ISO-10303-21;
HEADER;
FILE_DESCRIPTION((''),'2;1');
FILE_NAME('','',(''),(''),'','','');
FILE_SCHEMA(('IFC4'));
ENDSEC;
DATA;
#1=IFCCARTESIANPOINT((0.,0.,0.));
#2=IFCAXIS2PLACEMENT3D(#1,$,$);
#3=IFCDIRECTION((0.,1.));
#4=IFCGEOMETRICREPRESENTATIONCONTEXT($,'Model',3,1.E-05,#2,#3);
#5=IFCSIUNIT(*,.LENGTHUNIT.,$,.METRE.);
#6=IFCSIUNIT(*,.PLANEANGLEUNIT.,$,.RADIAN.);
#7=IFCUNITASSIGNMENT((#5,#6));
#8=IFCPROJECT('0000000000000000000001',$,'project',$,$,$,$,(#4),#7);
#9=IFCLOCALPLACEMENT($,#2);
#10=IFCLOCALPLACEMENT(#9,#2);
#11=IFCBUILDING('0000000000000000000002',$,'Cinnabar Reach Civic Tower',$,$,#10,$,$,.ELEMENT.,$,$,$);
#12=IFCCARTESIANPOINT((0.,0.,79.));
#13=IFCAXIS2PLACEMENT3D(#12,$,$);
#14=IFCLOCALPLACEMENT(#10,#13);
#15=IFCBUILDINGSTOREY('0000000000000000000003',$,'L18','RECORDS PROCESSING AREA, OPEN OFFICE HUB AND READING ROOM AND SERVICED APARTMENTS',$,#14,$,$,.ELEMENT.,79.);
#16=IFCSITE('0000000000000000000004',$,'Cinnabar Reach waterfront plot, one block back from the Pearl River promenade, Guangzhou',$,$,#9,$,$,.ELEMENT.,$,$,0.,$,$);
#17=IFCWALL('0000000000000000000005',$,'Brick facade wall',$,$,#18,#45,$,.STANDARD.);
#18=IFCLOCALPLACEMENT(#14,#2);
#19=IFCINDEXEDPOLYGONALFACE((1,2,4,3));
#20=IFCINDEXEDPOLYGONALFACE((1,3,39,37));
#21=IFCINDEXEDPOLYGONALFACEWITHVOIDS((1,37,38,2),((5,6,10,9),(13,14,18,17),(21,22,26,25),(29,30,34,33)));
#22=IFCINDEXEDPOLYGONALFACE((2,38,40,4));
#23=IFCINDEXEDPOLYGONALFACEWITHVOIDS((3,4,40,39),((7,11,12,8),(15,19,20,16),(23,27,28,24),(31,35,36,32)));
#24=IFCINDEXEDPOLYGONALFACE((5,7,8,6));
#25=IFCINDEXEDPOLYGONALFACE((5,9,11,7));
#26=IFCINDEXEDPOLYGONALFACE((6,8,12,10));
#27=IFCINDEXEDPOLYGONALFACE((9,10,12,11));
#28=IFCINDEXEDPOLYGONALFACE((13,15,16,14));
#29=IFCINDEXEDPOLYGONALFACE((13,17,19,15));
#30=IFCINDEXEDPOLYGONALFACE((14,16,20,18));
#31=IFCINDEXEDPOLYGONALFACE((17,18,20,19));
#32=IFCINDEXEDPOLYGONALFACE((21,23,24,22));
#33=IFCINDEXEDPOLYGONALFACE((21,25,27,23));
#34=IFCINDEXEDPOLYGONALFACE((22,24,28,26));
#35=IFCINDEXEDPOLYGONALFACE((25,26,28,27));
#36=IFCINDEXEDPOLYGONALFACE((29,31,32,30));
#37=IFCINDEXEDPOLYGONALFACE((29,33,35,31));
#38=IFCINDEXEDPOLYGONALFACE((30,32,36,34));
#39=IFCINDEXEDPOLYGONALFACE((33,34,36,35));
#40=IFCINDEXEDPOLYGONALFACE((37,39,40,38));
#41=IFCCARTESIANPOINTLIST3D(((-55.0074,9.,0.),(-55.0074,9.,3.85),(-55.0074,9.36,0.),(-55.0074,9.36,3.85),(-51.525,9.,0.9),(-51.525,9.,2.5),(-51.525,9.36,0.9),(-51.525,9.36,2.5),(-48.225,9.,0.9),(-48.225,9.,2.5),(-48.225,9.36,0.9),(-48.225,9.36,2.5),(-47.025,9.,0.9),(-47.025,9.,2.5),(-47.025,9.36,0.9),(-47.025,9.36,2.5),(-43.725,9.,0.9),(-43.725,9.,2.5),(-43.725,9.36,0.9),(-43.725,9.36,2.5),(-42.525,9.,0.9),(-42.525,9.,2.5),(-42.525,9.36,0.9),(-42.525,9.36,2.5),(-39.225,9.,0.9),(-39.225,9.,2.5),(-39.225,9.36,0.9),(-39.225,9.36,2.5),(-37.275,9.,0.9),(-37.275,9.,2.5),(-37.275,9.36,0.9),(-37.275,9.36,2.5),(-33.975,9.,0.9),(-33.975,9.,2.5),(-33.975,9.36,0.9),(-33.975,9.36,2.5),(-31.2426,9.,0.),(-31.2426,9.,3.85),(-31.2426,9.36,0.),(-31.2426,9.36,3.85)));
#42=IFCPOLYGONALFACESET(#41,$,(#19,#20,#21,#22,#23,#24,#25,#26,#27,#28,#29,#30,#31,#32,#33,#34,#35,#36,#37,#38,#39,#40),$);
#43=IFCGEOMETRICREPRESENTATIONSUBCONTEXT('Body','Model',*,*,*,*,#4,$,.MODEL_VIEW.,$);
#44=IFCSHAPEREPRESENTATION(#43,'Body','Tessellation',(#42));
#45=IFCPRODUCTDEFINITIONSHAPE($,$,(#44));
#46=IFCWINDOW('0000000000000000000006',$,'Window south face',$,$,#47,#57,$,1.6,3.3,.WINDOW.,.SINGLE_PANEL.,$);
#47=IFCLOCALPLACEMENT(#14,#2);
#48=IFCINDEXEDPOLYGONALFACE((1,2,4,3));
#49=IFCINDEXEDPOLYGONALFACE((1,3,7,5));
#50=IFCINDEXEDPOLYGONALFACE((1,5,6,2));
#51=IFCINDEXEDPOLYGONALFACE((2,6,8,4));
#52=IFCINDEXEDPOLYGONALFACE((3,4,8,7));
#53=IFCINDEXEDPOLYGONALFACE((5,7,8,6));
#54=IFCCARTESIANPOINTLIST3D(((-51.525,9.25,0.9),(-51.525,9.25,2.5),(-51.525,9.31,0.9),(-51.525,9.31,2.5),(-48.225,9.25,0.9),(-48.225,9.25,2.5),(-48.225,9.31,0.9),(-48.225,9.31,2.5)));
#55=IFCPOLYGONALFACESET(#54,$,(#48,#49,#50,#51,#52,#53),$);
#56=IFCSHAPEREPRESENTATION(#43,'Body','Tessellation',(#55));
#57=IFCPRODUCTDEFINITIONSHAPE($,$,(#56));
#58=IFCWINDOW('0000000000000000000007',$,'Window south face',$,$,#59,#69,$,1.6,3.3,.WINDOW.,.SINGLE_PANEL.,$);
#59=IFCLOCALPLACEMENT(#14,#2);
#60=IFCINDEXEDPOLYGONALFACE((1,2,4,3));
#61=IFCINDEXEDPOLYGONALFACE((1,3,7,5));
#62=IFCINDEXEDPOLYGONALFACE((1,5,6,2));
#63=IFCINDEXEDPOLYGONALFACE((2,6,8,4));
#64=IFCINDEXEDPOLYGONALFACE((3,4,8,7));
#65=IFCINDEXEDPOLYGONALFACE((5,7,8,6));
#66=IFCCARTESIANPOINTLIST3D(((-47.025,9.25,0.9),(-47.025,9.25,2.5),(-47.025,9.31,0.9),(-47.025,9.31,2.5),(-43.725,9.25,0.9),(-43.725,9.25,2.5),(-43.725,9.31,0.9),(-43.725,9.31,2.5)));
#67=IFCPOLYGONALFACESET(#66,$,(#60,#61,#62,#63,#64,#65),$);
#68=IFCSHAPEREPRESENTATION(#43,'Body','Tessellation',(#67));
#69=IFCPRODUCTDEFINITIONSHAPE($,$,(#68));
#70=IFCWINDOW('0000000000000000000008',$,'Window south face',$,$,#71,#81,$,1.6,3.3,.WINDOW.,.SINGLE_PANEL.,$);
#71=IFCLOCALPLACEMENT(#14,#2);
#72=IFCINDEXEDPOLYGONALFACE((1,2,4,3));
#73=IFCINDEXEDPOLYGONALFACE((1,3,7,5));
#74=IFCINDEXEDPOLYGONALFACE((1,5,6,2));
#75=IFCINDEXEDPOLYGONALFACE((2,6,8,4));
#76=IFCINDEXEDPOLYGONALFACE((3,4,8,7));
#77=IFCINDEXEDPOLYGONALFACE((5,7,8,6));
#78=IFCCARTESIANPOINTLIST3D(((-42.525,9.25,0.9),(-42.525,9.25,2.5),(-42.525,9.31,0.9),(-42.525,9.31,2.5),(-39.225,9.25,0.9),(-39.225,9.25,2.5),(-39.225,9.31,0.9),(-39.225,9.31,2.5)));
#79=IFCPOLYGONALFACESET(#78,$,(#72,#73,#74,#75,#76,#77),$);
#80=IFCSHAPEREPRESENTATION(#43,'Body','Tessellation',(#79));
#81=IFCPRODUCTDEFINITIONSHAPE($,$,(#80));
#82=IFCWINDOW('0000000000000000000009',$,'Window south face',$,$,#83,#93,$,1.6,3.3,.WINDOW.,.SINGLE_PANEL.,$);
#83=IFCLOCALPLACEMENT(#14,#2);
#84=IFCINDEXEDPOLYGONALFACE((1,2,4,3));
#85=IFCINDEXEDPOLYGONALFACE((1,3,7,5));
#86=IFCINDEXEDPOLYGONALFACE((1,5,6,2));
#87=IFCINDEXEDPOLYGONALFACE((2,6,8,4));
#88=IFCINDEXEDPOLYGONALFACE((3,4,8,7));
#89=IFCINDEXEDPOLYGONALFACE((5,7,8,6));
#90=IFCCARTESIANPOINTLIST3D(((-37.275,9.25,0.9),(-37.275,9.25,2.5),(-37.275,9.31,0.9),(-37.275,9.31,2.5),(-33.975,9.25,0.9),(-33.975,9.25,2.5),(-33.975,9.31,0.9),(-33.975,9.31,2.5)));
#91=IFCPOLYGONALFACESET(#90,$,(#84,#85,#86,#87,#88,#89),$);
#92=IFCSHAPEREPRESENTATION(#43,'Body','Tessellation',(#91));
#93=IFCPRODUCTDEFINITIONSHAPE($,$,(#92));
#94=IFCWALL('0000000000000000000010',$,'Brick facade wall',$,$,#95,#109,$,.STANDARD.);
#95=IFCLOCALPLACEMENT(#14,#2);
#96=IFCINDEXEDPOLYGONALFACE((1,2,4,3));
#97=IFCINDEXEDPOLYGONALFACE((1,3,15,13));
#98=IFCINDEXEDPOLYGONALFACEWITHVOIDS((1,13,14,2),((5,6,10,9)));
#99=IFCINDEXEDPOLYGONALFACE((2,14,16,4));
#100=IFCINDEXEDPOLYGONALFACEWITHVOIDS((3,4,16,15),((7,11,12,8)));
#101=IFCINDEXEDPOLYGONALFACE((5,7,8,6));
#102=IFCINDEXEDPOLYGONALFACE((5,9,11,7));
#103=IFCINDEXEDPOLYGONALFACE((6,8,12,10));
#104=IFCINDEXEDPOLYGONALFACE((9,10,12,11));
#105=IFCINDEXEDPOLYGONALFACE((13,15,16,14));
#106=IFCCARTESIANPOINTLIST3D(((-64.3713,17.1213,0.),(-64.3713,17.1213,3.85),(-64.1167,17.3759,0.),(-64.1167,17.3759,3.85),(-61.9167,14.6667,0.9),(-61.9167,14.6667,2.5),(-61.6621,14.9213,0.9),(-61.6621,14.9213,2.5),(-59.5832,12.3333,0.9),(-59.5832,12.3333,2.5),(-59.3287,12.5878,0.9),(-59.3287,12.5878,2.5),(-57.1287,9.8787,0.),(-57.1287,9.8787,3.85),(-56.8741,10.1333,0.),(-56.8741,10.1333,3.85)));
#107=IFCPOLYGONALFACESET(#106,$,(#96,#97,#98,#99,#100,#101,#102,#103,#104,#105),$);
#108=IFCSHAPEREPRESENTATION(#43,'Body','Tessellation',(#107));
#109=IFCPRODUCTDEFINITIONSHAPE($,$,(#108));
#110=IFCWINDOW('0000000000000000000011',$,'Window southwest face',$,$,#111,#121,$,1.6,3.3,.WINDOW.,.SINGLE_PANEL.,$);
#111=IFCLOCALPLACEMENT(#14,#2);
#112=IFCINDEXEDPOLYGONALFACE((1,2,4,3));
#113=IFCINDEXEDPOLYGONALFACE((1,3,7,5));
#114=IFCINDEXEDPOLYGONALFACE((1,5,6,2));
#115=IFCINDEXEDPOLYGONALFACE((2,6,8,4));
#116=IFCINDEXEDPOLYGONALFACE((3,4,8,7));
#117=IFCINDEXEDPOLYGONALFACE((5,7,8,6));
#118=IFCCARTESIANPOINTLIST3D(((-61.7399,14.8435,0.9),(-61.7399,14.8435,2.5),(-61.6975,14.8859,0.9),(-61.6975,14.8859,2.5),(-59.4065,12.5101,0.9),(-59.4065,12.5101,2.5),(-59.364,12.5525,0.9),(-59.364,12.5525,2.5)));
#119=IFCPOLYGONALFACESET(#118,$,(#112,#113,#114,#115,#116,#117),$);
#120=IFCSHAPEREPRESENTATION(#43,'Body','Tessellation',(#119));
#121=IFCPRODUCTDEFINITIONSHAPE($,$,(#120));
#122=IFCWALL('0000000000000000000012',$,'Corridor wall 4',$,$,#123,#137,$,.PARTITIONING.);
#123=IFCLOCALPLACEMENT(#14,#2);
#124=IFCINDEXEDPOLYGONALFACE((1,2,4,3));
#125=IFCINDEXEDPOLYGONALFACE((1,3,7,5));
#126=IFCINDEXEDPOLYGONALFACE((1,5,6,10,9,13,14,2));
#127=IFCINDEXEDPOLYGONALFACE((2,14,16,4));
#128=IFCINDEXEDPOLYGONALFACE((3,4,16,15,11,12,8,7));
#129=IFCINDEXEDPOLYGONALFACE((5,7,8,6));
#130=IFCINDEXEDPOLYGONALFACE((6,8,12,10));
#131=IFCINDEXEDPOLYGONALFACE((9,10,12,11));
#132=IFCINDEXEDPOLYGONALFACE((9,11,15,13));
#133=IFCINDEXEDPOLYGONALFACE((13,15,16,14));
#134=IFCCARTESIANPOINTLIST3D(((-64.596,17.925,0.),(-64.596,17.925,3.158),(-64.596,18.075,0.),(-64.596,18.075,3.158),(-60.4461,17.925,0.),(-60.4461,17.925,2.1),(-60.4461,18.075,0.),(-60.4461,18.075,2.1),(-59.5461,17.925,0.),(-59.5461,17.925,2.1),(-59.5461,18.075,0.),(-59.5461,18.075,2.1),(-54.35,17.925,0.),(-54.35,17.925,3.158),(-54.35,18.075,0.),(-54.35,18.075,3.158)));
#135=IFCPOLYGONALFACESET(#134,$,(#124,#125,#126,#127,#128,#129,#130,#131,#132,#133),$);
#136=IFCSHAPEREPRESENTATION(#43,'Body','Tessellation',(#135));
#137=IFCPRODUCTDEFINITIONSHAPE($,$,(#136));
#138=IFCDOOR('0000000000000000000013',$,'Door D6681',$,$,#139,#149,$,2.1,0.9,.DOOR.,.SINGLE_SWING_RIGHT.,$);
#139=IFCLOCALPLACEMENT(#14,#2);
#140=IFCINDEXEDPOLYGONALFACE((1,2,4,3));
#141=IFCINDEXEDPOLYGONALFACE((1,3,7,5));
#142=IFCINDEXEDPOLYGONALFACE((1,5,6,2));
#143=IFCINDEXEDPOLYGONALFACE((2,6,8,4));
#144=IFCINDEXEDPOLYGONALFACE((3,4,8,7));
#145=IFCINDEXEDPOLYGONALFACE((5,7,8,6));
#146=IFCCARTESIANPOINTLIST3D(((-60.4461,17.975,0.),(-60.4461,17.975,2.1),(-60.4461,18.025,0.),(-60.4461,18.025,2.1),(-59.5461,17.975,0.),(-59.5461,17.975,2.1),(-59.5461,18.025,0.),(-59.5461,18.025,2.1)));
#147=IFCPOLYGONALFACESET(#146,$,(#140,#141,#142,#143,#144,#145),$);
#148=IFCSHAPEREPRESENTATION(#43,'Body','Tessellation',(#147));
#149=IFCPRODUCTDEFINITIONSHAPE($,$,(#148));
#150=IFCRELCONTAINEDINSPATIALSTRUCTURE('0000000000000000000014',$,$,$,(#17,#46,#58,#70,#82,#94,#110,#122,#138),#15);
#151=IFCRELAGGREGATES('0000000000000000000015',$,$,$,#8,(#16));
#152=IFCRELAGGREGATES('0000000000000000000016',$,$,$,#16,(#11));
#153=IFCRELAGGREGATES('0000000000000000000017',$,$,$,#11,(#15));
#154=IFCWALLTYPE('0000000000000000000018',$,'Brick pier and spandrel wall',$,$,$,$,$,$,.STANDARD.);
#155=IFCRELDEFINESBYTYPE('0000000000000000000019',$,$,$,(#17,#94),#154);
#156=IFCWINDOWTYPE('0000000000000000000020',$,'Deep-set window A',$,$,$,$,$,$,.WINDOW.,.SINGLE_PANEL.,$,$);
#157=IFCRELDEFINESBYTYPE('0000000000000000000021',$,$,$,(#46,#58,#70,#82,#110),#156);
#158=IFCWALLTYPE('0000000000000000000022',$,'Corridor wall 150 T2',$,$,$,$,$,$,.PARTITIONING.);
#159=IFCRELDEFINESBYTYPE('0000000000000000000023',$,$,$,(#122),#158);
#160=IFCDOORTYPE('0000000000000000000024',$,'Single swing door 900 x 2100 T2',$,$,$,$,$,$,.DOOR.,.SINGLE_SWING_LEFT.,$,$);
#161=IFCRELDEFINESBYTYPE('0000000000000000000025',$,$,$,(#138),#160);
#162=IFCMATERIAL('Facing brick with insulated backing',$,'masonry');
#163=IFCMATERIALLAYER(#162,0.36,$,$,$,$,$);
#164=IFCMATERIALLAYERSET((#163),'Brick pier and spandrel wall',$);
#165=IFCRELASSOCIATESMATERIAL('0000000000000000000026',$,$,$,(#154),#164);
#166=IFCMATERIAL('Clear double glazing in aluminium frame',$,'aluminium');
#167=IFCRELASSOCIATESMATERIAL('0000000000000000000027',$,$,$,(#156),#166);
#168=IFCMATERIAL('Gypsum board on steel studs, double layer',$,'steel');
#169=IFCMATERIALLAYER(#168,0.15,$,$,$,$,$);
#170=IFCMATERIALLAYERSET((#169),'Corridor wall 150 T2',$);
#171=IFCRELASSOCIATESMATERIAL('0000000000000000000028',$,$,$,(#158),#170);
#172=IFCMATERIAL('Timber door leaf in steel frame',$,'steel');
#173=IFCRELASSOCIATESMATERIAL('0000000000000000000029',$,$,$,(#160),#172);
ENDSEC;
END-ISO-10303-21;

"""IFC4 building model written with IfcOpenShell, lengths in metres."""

from ifc_helpers import new_model, si_unit, direction, frame, frame_2d, origin, place, context, subcontext, project, spatial, rectangle, extrude, material, layer, layer_set, type_object, element, fill, save


model = new_model("IFC4")

# Units and contexts
model_context = context("Model", 3, precision=1e-05, world=origin(), true_north=direction((0.0, 1.0)))
body_context = subcontext(model_context, "Body", "Model", "MODEL_VIEW")
ifc_project = project(units=[si_unit("LENGTHUNIT", "METRE"), si_unit("PLANEANGLEUNIT", "RADIAN")], contexts=[model_context])

# Site, building, storey
site_placement = place(None, origin())
site = spatial("IfcSite", under=ifc_project, at=site_placement, Name="Cinnabar Reach waterfront plot, one block back from the Pearl River promenade, Guangzhou", CompositionType="ELEMENT", RefElevation=0.0)
building_placement = place(site_placement, origin())
building = spatial("IfcBuilding", under=site, at=building_placement, Name="Cinnabar Reach Civic Tower", CompositionType="ELEMENT")
storey_placement = place(building_placement, frame((0.0, 0.0, 79.0)))
storey = spatial("IfcBuildingStorey", under=building, at=storey_placement, Name="L18", Description="RECORDS PROCESSING AREA, OPEN OFFICE HUB AND READING ROOM AND SERVICED APARTMENTS", CompositionType="ELEMENT", Elevation=79.0)

# Shared definitions
ifc_material_1 = material(Name="Facing brick with insulated backing", Category="masonry")

# Wall, openings, windows
ifc_layer_1 = layer(ifc_material_1, 0.36)
ifc_layer_set_1 = layer_set([ifc_layer_1], Name="Brick pier and spandrel wall")
wall_type_1 = type_object("IfcWallType", Name="Brick pier and spandrel wall", PredefinedType="STANDARD", material=ifc_layer_set_1)
wall_1_placement = place(storey_placement, frame((-55.0074, 9.18, 0.0), z_axis=(0.0, 0.0, 1.0), x_axis=(1.0, 0.0, 0.0)))
wall_1 = element("IfcWall", 1, at=wall_1_placement, inside=storey, type_object=wall_type_1, Name="Brick facade wall", PredefinedType="STANDARD", context=body_context, shape_type="SweptSolid", body=[
    extrude(rectangle(XDim=23.7648, YDim=0.36, at=frame_2d((11.8824, 0.0))), origin(), (0.0, 0.0, 1.0), 3.85),
])
opening_1_placement = place(wall_1_placement, frame((3.4824, 0.0, 0.9)))
opening_1 = element("IfcOpeningElement", 2, at=opening_1_placement, cuts=wall_1, PredefinedType="OPENING", context=body_context, shape_type="SweptSolid", body=[
    extrude(rectangle(XDim=3.3, YDim=1.6, at=frame_2d((1.65, 0.8))), frame((0.0, 0.19, 0.0), z_axis=(0.0, -1.0, 0.0), x_axis=(1.0, 0.0, 0.0)), (0.0, 0.0, 1.0), 0.38),
])
opening_2_placement = place(wall_1_placement, frame((7.9824, 0.0, 0.9)))
opening_2 = element("IfcOpeningElement", 3, at=opening_2_placement, cuts=wall_1, PredefinedType="OPENING", context=body_context, shape_type="SweptSolid", body=[
    extrude(rectangle(XDim=3.3, YDim=1.6, at=frame_2d((1.65, 0.8))), frame((0.0, 0.19, 0.0), z_axis=(0.0, -1.0, 0.0), x_axis=(1.0, 0.0, 0.0)), (0.0, 0.0, 1.0), 0.38),
])
opening_3_placement = place(wall_1_placement, frame((12.4824, 0.0, 0.9)))
opening_3 = element("IfcOpeningElement", 4, at=opening_3_placement, cuts=wall_1, PredefinedType="OPENING", context=body_context, shape_type="SweptSolid", body=[
    extrude(rectangle(XDim=3.3, YDim=1.6, at=frame_2d((1.65, 0.8))), frame((0.0, 0.19, 0.0), z_axis=(0.0, -1.0, 0.0), x_axis=(1.0, 0.0, 0.0)), (0.0, 0.0, 1.0), 0.38),
])
opening_4_placement = place(wall_1_placement, frame((17.7324, 0.0, 0.9)))
opening_4 = element("IfcOpeningElement", 5, at=opening_4_placement, cuts=wall_1, PredefinedType="OPENING", context=body_context, shape_type="SweptSolid", body=[
    extrude(rectangle(XDim=3.3, YDim=1.6, at=frame_2d((1.65, 0.8))), frame((0.0, 0.19, 0.0), z_axis=(0.0, -1.0, 0.0), x_axis=(1.0, 0.0, 0.0)), (0.0, 0.0, 1.0), 0.38),
])
ifc_material_2 = material(Name="Clear double glazing in aluminium frame", Category="aluminium")
window_type = type_object("IfcWindowType", Name="Deep-set window A", PartitioningType="SINGLE_PANEL", PredefinedType="WINDOW", material=ifc_material_2)
window_1_placement = place(opening_1_placement, origin())
window_1 = element("IfcWindow", 6, at=window_1_placement, inside=storey, type_object=window_type, Name="Window south face", OverallHeight=1.6, OverallWidth=3.3, PartitioningType="SINGLE_PANEL", PredefinedType="WINDOW", context=body_context, shape_type="SweptSolid", body=[
    extrude(rectangle(XDim=3.3, YDim=1.6, at=frame_2d((1.65, 0.8))), frame((0.0, 0.13, 0.0), z_axis=(0.0, -1.0, 0.0), x_axis=(1.0, 0.0, 0.0)), (0.0, 0.0, 1.0), 0.06),
])
fill(opening_1, window_1)
window_2_placement = place(opening_2_placement, origin())
window_2 = element("IfcWindow", 7, at=window_2_placement, inside=storey, type_object=window_type, Name="Window south face", OverallHeight=1.6, OverallWidth=3.3, PartitioningType="SINGLE_PANEL", PredefinedType="WINDOW", context=body_context, shape_type="SweptSolid", body=[
    extrude(rectangle(XDim=3.3, YDim=1.6, at=frame_2d((1.65, 0.8))), frame((0.0, 0.13, 0.0), z_axis=(0.0, -1.0, 0.0), x_axis=(1.0, 0.0, 0.0)), (0.0, 0.0, 1.0), 0.06),
])
fill(opening_2, window_2)
window_3_placement = place(opening_3_placement, origin())
window_3 = element("IfcWindow", 8, at=window_3_placement, inside=storey, type_object=window_type, Name="Window south face", OverallHeight=1.6, OverallWidth=3.3, PartitioningType="SINGLE_PANEL", PredefinedType="WINDOW", context=body_context, shape_type="SweptSolid", body=[
    extrude(rectangle(XDim=3.3, YDim=1.6, at=frame_2d((1.65, 0.8))), frame((0.0, 0.13, 0.0), z_axis=(0.0, -1.0, 0.0), x_axis=(1.0, 0.0, 0.0)), (0.0, 0.0, 1.0), 0.06),
])
fill(opening_3, window_3)
window_4_placement = place(opening_4_placement, origin())
window_4 = element("IfcWindow", 9, at=window_4_placement, inside=storey, type_object=window_type, Name="Window south face", OverallHeight=1.6, OverallWidth=3.3, PartitioningType="SINGLE_PANEL", PredefinedType="WINDOW", context=body_context, shape_type="SweptSolid", body=[
    extrude(rectangle(XDim=3.3, YDim=1.6, at=frame_2d((1.65, 0.8))), frame((0.0, 0.13, 0.0), z_axis=(0.0, -1.0, 0.0), x_axis=(1.0, 0.0, 0.0)), (0.0, 0.0, 1.0), 0.06),
])
fill(opening_4, window_4)

# Wall, opening, window
wall_2_placement = place(storey_placement, frame((-64.244, 17.2486, 0.0), z_axis=(0.0, 0.0, 1.0), x_axis=(0.707107, -0.707107, 0.0)))
wall_2 = element("IfcWall", 10, at=wall_2_placement, inside=storey, type_object=wall_type_1, Name="Brick facade wall", PredefinedType="STANDARD", context=body_context, shape_type="SweptSolid", body=[
    extrude(rectangle(XDim=10.2426, YDim=0.36, at=frame_2d((5.1213, 0.0))), origin(), (0.0, 0.0, 1.0), 3.85),
])
opening_5_placement = place(wall_2_placement, frame((3.4713, 0.0, 0.9)))
opening_5 = element("IfcOpeningElement", 11, at=opening_5_placement, cuts=wall_2, PredefinedType="OPENING", context=body_context, shape_type="SweptSolid", body=[
    extrude(rectangle(XDim=3.3, YDim=1.6, at=frame_2d((1.65, 0.8))), frame((0.0, 0.19, 0.0), z_axis=(0.0, -1.0, 0.0), x_axis=(1.0, 0.0, 0.0)), (0.0, 0.0, 1.0), 0.38),
])
window_5_placement = place(opening_5_placement, origin())
window_5 = element("IfcWindow", 12, at=window_5_placement, inside=storey, type_object=window_type, Name="Window southwest face", OverallHeight=1.6, OverallWidth=3.3, PartitioningType="SINGLE_PANEL", PredefinedType="WINDOW", context=body_context, shape_type="SweptSolid", body=[
    extrude(rectangle(XDim=3.3, YDim=1.6, at=frame_2d((1.65, 0.8))), frame((0.0, 0.13, 0.0), z_axis=(0.0, -1.0, 0.0), x_axis=(1.0, 0.0, 0.0)), (0.0, 0.0, 1.0), 0.06),
])
fill(opening_5, window_5)

# Wall, opening, door
ifc_material_3 = material(Name="Gypsum board on steel studs, double layer", Category="steel")
ifc_layer_2 = layer(ifc_material_3, 0.15)
ifc_layer_set_2 = layer_set([ifc_layer_2], Name="Corridor wall 150 T2")
wall_type_2 = type_object("IfcWallType", Name="Corridor wall 150 T2", PredefinedType="PARTITIONING", material=ifc_layer_set_2)
wall_3_placement = place(storey_placement, frame((-64.5961, 18.0, 0.0), z_axis=(0.0, 0.0, 1.0), x_axis=(1.0, 0.0, 0.0)))
wall_3 = element("IfcWall", 13, at=wall_3_placement, inside=storey, type_object=wall_type_2, Name="Corridor wall 4", PredefinedType="PARTITIONING", context=body_context, shape_type="SweptSolid", body=[
    extrude(rectangle(XDim=10.2461, YDim=0.15, at=frame_2d((5.1231, 0.0))), origin(), (0.0, 0.0, 1.0), 3.158),
])
opening_6_placement = place(wall_3_placement, frame((4.15, 0.0, 0.0)))
opening_6 = element("IfcOpeningElement", 14, at=opening_6_placement, cuts=wall_3, PredefinedType="OPENING", context=body_context, shape_type="SweptSolid", body=[
    extrude(rectangle(XDim=0.9, YDim=2.1, at=frame_2d((0.45, 1.05))), frame((0.0, 0.085, 0.0), z_axis=(0.0, -1.0, 0.0), x_axis=(1.0, 0.0, 0.0)), (0.0, 0.0, 1.0), 0.17),
])
ifc_material_4 = material(Name="Timber door leaf in steel frame", Category="steel")
door_type = type_object("IfcDoorType", Name="Single swing door 900 x 2100 T2", OperationType="SINGLE_SWING_LEFT", PredefinedType="DOOR", material=ifc_material_4)
door_1_placement = place(opening_6_placement, frame((0.9, 0.0, 0.0), z_axis=(0.0, 0.0, 1.0), x_axis=(-1.0, 0.0, 0.0)))
door_1 = element("IfcDoor", 15, at=door_1_placement, inside=storey, type_object=door_type, Name="Door D6681", OperationType="SINGLE_SWING_RIGHT", OverallHeight=2.1, OverallWidth=0.9, PredefinedType="DOOR", context=body_context, shape_type="SweptSolid", body=[
    extrude(rectangle(XDim=0.9, YDim=2.1, at=frame_2d((0.45, 1.05))), frame((0.0, 0.025, 0.0), z_axis=(0.0, -1.0, 0.0), x_axis=(1.0, 0.0, 0.0)), (0.0, 0.0, 1.0), 0.05),
])
fill(opening_6, door_1)

save(model, "model.ifc")
